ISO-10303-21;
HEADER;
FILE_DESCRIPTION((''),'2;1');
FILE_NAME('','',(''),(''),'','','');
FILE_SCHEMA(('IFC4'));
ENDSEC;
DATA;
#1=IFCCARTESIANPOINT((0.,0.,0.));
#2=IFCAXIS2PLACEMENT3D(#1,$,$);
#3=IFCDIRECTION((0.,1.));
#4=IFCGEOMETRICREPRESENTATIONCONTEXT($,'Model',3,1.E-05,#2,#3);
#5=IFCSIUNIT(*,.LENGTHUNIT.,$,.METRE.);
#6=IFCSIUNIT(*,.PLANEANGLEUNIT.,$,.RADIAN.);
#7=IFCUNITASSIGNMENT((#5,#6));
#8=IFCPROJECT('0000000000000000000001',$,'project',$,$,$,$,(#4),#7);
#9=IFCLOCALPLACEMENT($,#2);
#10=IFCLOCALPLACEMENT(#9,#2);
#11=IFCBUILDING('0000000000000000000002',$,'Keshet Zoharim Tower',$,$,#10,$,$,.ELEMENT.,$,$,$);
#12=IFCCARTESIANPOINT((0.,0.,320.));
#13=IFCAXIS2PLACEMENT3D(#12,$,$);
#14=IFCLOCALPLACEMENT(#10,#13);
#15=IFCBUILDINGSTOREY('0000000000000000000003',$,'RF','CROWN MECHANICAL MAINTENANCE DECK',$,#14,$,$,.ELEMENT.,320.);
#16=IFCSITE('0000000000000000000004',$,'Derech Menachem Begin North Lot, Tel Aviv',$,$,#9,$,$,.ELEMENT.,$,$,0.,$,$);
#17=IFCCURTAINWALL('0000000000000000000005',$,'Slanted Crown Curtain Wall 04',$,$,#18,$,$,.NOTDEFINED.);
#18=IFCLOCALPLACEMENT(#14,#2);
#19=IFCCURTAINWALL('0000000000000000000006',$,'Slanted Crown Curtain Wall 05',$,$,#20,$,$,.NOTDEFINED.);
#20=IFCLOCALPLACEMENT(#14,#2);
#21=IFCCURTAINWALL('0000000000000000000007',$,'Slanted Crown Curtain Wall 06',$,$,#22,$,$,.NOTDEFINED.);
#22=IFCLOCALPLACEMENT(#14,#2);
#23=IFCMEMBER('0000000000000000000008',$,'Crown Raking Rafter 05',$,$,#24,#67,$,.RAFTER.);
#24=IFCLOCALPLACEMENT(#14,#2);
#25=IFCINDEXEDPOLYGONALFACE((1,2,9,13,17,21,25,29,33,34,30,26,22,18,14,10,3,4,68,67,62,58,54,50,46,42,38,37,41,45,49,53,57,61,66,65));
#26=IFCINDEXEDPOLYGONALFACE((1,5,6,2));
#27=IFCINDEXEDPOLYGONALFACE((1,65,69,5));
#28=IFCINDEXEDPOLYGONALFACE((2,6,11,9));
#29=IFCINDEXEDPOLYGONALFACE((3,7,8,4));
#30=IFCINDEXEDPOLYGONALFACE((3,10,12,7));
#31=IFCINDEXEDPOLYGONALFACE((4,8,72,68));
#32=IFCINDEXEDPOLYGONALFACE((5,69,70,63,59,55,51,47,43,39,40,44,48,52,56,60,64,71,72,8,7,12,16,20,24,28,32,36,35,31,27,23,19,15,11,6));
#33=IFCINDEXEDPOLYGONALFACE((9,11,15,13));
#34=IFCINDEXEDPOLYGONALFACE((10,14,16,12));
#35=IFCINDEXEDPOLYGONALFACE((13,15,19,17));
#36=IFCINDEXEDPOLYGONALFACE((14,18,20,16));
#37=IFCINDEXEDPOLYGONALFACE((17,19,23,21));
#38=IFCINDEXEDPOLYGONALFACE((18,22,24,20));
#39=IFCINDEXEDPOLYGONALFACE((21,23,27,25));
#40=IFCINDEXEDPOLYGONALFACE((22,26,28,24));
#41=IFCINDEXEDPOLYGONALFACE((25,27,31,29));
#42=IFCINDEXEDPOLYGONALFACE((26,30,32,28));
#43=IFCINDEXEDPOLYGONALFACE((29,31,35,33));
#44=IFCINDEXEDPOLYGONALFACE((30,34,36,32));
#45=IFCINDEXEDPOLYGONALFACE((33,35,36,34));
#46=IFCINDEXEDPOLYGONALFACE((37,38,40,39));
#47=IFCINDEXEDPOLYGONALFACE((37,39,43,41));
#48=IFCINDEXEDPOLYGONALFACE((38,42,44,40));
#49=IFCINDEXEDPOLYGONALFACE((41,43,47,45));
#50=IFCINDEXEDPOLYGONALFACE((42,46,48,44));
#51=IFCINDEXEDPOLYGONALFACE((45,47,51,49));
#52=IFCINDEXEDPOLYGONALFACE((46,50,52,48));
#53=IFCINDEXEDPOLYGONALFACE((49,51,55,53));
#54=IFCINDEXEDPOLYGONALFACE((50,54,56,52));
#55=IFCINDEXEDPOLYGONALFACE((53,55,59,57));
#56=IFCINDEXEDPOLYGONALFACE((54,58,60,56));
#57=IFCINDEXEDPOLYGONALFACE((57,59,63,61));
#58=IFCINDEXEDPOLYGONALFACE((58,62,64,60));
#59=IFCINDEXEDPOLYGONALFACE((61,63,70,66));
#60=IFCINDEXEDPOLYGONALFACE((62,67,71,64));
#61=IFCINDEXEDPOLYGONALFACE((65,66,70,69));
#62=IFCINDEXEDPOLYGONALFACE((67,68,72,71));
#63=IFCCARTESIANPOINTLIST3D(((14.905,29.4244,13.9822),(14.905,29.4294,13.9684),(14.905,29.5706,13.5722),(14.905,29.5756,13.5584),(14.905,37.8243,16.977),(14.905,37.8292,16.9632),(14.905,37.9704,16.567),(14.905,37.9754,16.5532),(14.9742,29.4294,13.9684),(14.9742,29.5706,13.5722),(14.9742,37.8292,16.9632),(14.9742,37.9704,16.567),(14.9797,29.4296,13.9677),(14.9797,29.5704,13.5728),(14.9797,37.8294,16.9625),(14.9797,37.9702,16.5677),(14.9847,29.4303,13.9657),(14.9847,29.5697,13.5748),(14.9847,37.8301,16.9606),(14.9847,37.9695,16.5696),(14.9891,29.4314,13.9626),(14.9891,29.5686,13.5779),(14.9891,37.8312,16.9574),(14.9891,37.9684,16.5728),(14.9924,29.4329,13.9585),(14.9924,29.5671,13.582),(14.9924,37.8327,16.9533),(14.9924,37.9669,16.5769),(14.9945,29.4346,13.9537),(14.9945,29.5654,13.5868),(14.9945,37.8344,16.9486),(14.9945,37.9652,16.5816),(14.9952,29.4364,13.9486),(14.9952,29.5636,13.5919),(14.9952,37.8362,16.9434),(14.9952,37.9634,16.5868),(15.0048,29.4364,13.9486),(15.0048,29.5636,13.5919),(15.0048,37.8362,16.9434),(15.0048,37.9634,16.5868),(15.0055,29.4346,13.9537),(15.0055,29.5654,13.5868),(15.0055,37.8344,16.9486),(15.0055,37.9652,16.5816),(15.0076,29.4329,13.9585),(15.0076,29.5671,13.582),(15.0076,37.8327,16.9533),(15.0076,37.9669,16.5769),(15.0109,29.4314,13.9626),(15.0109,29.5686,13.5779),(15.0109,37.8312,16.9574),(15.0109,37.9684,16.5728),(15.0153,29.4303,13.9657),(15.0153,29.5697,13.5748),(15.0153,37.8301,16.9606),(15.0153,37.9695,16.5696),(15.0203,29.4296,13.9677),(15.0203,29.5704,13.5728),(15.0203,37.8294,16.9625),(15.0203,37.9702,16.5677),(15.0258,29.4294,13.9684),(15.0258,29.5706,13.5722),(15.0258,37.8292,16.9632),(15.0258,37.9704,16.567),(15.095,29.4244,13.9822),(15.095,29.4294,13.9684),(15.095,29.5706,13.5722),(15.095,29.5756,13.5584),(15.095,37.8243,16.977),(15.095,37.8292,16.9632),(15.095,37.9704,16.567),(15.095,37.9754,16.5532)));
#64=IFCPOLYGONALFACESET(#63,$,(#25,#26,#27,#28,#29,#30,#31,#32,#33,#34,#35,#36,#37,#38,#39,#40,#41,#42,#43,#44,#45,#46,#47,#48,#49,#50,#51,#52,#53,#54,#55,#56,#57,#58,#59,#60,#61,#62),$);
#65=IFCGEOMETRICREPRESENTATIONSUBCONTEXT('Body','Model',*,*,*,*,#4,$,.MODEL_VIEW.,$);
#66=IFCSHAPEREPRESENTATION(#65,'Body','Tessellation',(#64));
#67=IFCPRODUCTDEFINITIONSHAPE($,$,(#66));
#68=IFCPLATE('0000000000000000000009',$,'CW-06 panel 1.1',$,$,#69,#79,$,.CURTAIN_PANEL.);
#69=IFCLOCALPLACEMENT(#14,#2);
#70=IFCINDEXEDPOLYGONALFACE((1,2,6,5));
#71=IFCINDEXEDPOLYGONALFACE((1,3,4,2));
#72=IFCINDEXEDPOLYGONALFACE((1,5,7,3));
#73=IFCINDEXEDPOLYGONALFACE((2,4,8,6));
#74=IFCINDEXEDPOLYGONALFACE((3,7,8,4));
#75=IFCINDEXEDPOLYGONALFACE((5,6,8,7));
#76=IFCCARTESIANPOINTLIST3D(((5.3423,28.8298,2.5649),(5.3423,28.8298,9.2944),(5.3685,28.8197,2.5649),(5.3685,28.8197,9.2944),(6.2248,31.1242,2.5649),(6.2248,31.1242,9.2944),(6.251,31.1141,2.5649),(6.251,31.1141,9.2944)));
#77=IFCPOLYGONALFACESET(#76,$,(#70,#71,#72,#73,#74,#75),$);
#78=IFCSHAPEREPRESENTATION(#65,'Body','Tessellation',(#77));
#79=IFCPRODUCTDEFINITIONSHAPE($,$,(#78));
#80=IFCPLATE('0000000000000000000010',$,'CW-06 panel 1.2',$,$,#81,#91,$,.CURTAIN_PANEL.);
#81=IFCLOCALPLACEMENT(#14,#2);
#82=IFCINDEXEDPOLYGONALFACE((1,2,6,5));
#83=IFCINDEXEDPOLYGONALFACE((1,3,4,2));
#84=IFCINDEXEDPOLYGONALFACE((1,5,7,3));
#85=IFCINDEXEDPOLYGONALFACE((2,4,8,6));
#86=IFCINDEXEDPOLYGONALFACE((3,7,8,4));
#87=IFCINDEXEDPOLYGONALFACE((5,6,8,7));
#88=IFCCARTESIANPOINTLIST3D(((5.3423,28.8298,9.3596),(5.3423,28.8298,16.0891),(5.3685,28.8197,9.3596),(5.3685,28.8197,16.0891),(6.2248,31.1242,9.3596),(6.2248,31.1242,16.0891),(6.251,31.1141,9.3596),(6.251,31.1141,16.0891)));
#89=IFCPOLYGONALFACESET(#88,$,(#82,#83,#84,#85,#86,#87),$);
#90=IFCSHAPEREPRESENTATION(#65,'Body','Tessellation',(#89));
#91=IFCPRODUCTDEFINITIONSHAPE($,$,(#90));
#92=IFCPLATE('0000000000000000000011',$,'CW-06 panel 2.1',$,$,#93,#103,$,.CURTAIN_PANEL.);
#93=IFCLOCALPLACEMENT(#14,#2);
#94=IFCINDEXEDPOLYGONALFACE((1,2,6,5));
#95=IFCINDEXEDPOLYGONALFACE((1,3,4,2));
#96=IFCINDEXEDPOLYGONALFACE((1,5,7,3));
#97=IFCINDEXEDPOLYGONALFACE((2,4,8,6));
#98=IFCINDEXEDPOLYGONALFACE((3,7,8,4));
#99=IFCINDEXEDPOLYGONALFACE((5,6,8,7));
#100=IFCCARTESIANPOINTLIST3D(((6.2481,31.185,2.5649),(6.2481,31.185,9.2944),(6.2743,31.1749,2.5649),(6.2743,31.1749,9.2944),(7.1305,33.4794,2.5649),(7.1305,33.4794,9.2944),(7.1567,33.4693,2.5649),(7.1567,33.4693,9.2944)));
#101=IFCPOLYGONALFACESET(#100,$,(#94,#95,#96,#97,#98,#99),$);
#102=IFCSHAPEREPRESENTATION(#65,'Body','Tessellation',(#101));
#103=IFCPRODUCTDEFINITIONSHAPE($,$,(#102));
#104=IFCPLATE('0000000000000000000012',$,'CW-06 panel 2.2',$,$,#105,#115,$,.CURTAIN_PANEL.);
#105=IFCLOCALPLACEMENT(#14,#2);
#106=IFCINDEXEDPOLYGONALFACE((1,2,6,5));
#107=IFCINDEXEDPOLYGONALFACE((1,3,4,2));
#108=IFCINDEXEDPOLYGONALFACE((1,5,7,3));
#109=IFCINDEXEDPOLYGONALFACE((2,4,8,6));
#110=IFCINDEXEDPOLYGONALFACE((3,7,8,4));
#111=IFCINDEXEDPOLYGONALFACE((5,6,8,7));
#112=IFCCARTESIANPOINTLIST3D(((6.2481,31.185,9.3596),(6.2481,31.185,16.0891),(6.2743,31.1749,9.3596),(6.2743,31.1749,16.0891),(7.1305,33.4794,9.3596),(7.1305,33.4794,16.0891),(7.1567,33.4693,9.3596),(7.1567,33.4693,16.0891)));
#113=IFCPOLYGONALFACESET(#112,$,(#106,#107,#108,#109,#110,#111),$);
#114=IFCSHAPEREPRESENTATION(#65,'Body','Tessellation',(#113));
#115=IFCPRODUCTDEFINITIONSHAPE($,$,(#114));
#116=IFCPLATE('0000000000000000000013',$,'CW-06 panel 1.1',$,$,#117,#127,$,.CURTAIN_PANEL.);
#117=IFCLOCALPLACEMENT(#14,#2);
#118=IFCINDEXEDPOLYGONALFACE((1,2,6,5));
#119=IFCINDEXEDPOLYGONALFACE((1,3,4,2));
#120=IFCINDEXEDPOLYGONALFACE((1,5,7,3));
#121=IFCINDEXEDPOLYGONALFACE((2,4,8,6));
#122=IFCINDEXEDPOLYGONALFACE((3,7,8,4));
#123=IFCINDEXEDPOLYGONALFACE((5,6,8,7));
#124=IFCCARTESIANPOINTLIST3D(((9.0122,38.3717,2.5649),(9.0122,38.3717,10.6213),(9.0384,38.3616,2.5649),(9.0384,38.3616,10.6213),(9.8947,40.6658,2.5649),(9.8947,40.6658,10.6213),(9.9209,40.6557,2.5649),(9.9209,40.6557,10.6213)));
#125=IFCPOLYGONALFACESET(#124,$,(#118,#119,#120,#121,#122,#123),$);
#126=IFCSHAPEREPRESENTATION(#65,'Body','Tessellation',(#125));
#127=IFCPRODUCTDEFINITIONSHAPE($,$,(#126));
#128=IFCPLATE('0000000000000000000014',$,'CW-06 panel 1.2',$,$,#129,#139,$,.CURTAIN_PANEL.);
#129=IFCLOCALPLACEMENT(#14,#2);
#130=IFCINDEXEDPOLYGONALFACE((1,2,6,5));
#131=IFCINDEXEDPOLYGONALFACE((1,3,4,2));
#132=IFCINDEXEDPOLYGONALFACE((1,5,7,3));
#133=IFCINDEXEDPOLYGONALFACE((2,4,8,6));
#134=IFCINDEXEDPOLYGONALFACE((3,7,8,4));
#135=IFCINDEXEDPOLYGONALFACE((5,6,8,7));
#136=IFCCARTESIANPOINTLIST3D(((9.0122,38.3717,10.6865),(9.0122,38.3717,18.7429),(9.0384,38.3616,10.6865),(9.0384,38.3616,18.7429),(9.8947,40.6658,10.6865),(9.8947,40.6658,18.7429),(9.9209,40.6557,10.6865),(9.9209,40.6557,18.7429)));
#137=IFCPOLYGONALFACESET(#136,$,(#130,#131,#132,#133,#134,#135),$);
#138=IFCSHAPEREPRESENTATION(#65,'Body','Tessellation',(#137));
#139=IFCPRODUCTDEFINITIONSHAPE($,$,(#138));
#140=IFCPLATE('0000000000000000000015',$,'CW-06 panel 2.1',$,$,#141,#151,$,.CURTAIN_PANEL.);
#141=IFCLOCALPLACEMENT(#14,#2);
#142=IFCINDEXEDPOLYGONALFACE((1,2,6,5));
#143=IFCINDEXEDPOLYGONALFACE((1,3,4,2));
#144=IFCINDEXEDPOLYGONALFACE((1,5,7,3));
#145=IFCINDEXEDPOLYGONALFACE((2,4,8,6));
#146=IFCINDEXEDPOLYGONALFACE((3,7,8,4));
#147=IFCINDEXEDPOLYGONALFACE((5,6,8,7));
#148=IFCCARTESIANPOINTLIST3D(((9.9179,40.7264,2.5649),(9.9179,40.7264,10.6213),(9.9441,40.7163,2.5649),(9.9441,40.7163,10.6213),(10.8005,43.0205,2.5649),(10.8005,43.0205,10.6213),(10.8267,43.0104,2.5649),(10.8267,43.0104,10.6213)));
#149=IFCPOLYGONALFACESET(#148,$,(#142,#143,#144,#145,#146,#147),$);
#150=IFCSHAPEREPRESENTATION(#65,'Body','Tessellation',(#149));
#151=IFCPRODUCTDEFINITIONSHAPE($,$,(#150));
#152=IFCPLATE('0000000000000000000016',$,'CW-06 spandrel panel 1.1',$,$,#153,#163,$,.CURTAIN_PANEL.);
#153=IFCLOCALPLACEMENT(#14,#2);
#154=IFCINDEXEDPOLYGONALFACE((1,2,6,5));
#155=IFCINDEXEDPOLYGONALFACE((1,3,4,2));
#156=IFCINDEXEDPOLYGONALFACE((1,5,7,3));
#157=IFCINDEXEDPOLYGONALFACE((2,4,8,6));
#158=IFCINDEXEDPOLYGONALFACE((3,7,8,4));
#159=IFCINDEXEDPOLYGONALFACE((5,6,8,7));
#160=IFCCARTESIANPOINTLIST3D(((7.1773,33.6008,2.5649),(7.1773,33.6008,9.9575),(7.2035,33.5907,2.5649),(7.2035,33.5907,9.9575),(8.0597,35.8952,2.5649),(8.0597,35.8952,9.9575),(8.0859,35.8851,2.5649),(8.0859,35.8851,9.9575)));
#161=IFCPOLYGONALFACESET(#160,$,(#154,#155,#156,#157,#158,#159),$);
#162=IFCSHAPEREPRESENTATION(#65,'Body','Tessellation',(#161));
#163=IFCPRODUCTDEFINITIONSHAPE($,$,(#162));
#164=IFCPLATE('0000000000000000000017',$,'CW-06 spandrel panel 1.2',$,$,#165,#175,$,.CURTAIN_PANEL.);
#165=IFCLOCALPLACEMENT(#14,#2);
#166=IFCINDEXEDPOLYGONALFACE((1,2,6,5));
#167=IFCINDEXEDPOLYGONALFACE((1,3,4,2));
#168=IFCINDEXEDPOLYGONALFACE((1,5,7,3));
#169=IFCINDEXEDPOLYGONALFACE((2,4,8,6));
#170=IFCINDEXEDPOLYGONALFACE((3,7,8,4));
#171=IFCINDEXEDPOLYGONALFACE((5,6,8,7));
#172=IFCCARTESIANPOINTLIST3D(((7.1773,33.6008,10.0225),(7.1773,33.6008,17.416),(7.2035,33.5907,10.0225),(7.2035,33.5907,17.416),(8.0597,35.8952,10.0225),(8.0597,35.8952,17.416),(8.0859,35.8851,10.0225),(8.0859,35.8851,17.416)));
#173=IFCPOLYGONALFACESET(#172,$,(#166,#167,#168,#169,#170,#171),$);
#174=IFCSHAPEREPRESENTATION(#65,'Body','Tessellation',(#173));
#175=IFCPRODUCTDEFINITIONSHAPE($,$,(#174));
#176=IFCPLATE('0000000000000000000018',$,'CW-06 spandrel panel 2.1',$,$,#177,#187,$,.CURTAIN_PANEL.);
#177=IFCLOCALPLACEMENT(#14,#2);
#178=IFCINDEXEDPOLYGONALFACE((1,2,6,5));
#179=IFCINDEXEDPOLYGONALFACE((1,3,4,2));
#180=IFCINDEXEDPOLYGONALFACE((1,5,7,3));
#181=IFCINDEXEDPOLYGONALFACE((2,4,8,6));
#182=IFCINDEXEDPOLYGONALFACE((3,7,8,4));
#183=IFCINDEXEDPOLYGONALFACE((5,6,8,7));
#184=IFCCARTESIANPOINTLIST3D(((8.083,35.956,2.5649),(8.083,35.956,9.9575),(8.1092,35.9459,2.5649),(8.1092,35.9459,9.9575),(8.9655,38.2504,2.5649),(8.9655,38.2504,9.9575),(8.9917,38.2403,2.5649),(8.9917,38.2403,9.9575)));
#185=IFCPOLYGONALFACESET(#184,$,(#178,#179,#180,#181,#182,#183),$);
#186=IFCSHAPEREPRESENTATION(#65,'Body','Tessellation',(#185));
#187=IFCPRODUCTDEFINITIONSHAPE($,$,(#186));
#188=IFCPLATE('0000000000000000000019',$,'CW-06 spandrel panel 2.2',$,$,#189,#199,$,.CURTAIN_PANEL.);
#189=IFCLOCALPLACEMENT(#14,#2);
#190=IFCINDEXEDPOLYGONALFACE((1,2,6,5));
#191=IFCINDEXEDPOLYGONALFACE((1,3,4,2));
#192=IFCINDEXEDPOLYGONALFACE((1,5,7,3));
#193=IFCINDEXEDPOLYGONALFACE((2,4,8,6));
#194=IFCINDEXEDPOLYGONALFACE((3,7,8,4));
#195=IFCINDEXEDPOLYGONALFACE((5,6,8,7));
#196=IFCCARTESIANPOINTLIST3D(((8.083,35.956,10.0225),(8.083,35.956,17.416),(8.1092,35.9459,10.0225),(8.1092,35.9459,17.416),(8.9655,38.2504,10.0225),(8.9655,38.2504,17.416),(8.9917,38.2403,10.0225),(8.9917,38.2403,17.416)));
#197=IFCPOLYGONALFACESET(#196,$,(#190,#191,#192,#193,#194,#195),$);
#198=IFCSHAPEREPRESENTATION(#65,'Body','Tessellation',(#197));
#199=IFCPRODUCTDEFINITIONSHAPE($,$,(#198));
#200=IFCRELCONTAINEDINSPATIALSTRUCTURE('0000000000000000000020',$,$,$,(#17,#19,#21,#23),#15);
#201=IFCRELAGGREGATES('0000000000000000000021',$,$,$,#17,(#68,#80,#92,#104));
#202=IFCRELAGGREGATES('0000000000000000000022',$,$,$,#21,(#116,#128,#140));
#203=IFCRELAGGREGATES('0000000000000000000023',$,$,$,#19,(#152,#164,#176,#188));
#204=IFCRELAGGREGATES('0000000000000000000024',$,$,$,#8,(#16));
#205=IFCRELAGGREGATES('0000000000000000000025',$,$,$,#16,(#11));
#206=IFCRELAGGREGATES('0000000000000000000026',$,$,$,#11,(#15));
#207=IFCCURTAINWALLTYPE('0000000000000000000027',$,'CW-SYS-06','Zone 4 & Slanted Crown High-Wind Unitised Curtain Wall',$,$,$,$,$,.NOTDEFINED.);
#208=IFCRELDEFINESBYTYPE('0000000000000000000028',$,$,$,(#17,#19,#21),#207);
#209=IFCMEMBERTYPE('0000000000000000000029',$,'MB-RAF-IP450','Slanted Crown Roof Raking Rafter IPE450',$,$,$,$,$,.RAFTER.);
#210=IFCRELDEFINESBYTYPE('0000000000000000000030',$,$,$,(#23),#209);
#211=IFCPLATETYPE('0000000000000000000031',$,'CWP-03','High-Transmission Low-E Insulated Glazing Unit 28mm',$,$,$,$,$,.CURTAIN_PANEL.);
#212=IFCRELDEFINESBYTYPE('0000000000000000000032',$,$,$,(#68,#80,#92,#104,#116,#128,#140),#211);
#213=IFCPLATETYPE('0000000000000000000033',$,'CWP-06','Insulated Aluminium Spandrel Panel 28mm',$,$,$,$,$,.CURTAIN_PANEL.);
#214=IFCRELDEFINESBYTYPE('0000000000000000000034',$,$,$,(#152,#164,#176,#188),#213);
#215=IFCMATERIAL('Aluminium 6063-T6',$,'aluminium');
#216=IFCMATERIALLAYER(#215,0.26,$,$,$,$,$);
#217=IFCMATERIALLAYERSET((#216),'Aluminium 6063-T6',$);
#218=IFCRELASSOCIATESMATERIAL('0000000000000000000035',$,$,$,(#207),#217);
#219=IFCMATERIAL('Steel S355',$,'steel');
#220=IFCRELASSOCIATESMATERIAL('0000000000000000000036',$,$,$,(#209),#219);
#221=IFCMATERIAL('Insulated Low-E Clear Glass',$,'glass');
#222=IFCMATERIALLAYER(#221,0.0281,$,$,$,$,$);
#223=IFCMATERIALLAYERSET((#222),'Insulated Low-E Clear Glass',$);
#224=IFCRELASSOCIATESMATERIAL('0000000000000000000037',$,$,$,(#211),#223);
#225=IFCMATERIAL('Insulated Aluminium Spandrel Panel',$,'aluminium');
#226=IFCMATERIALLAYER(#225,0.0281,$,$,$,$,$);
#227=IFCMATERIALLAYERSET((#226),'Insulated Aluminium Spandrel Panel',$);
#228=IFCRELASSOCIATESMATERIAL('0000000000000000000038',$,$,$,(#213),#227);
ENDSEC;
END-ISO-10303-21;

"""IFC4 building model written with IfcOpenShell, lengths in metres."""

from ifc_helpers import new_model, si_unit, direction, frame, origin, origin_2d, place, context, subcontext, project, spatial, rectangle, i_section, extrude, material, layer, layer_set, material_profile, profile_set, type_object, element, aggregate, save


model = new_model("IFC4")

# Units and contexts
model_context = context("Model", 3, precision=1e-05, world=origin(), true_north=direction((0.0, 1.0)))
body_context = subcontext(model_context, "Body", "Model", "MODEL_VIEW")
ifc_project = project(units=[si_unit("LENGTHUNIT", "METRE"), si_unit("PLANEANGLEUNIT", "RADIAN")], contexts=[model_context])

# Site, building, storey
site_placement = place(None, origin())
site = spatial("IfcSite", under=ifc_project, at=site_placement, Name="Derech Menachem Begin North Lot, Tel Aviv", CompositionType="ELEMENT", RefElevation=0.0)
building_placement = place(site_placement, origin())
building = spatial("IfcBuilding", under=site, at=building_placement, Name="Keshet Zoharim Tower", CompositionType="ELEMENT")
storey_placement = place(building_placement, frame((0.0, 0.0, 320.0)))
storey = spatial("IfcBuildingStorey", under=building, at=storey_placement, Name="RF", Description="CROWN MECHANICAL MAINTENANCE DECK", CompositionType="ELEMENT", Elevation=320.0)

# Curtain walls
ifc_material_1 = material(Name="Aluminium 6063-T6", Category="aluminium")
ifc_layer_1 = layer(ifc_material_1, 0.26)
ifc_layer_set_1 = layer_set([ifc_layer_1], Name="Aluminium 6063-T6")
curtain_wall_type = type_object("IfcCurtainWallType", Name="CW-SYS-06", Description="Zone 4 & Slanted Crown High-Wind Unitised Curtain Wall", PredefinedType="NOTDEFINED", material=ifc_layer_set_1)
curtain_wall_1_placement = place(storey_placement, origin())
curtain_wall_1 = element("IfcCurtainWall", 1, at=curtain_wall_1_placement, inside=storey, type_object=curtain_wall_type, Name="Slanted Crown Curtain Wall 04", PredefinedType="NOTDEFINED")
curtain_wall_2_placement = place(storey_placement, origin())
curtain_wall_2 = element("IfcCurtainWall", 2, at=curtain_wall_2_placement, inside=storey, type_object=curtain_wall_type, Name="Slanted Crown Curtain Wall 05", PredefinedType="NOTDEFINED")
curtain_wall_3_placement = place(storey_placement, origin())
curtain_wall_3 = element("IfcCurtainWall", 3, at=curtain_wall_3_placement, inside=storey, type_object=curtain_wall_type, Name="Slanted Crown Curtain Wall 06", PredefinedType="NOTDEFINED")

# Member
ifc_material_2 = material(Name="Steel S355", Category="steel")
ifc_material_profile_1 = material_profile(ifc_material_2, i_section(OverallWidth=0.1899, OverallDepth=0.45, WebThickness=0.0095, FlangeThickness=0.0146, FilletRadius=0.021, at=origin_2d()), Name="IPE450")
ifc_profile_set_1 = profile_set([ifc_material_profile_1], Name="Steel S355")
member_type_1 = type_object("IfcMemberType", Name="MB-RAF-IP450", Description="Slanted Crown Roof Raking Rafter IPE450", PredefinedType="RAFTER", material=ifc_profile_set_1)
member_1_placement = place(storey_placement, frame((15.0, 29.5, 13.7703), z_axis=(0.0, 0.941923, 0.33583), x_axis=(-1.0, 0.0, 0.0)))
element("IfcMember", 4, at=member_1_placement, inside=storey, type_object=member_type_1, Name="Crown Raking Rafter 05", PredefinedType="RAFTER", context=body_context, shape_type="SweptSolid", body=[
    extrude(i_section(OverallWidth=0.1899, OverallDepth=0.45, WebThickness=0.0095, FlangeThickness=0.0146, FilletRadius=0.021, at=origin_2d()), origin(), (0.0, 0.0, 1.0), 8.9177),
])

# Plates
ifc_material_3 = material(Name="Insulated Low-E Clear Glass", Category="glass")
ifc_layer_2 = layer(ifc_material_3, 0.0281)
ifc_layer_set_2 = layer_set([ifc_layer_2], Name="Insulated Low-E Clear Glass")
plate_type_1 = type_object("IfcPlateType", Name="CWP-03", Description="High-Transmission Low-E Insulated Glazing Unit 28mm", PredefinedType="CURTAIN_PANEL", material=ifc_layer_set_2)
plate_1_placement = place(storey_placement, frame((5.7966, 29.9719, 2.5649), z_axis=(0.0, 0.0, 1.0), x_axis=(0.358979, 0.933346, 0.0)))
plate_1 = element("IfcPlate", 5, at=plate_1_placement, type_object=plate_type_1, Name="CW-06 panel 1.1", PredefinedType="CURTAIN_PANEL", context=body_context, shape_type="SweptSolid", body=[
    extrude(rectangle(XDim=2.4583, YDim=0.0281, at=origin_2d()), origin(), (0.0, 0.0, 1.0), 6.7295),
])
plate_2_placement = place(storey_placement, frame((5.7966, 29.9719, 9.3596), z_axis=(0.0, 0.0, 1.0), x_axis=(0.358979, 0.933346, 0.0)))
plate_2 = element("IfcPlate", 6, at=plate_2_placement, type_object=plate_type_1, Name="CW-06 panel 1.2", PredefinedType="CURTAIN_PANEL", context=body_context, shape_type="SweptSolid", body=[
    extrude(rectangle(XDim=2.4583, YDim=0.0281, at=origin_2d()), origin(), (0.0, 0.0, 1.0), 6.7295),
])
plate_3_placement = place(storey_placement, frame((6.7024, 32.3271, 2.5649), z_axis=(0.0, 0.0, 1.0), x_axis=(0.358979, 0.933346, 0.0)))
plate_3 = element("IfcPlate", 7, at=plate_3_placement, type_object=plate_type_1, Name="CW-06 panel 2.1", PredefinedType="CURTAIN_PANEL", context=body_context, shape_type="SweptSolid", body=[
    extrude(rectangle(XDim=2.4583, YDim=0.0281, at=origin_2d()), origin(), (0.0, 0.0, 1.0), 6.7295),
])
plate_4_placement = place(storey_placement, frame((6.7024, 32.3271, 9.3596), z_axis=(0.0, 0.0, 1.0), x_axis=(0.358979, 0.933346, 0.0)))
plate_4 = element("IfcPlate", 8, at=plate_4_placement, type_object=plate_type_1, Name="CW-06 panel 2.2", PredefinedType="CURTAIN_PANEL", context=body_context, shape_type="SweptSolid", body=[
    extrude(rectangle(XDim=2.4583, YDim=0.0281, at=origin_2d()), origin(), (0.0, 0.0, 1.0), 6.7295),
])
aggregate(curtain_wall_1, [plate_1, plate_2, plate_3, plate_4])
plate_5_placement = place(storey_placement, frame((9.4666, 39.5137, 2.5649), z_axis=(0.0, 0.0, 1.0), x_axis=(0.359045, 0.93332, 0.0)))
plate_5 = element("IfcPlate", 9, at=plate_5_placement, type_object=plate_type_1, Name="CW-06 panel 1.1", PredefinedType="CURTAIN_PANEL", context=body_context, shape_type="SweptSolid", body=[
    extrude(rectangle(XDim=2.458, YDim=0.0281, at=origin_2d()), origin(), (0.0, 0.0, 1.0), 8.0564),
])
plate_6_placement = place(storey_placement, frame((9.4666, 39.5137, 10.6865), z_axis=(0.0, 0.0, 1.0), x_axis=(0.359045, 0.93332, 0.0)))
plate_6 = element("IfcPlate", 10, at=plate_6_placement, type_object=plate_type_1, Name="CW-06 panel 1.2", PredefinedType="CURTAIN_PANEL", context=body_context, shape_type="SweptSolid", body=[
    extrude(rectangle(XDim=2.458, YDim=0.0281, at=origin_2d()), origin(), (0.0, 0.0, 1.0), 8.0564),
])
plate_7_placement = place(storey_placement, frame((10.3723, 41.8684, 2.5649), z_axis=(0.0, 0.0, 1.0), x_axis=(0.359045, 0.93332, 0.0)))
plate_7 = element("IfcPlate", 11, at=plate_7_placement, type_object=plate_type_1, Name="CW-06 panel 2.1", PredefinedType="CURTAIN_PANEL", context=body_context, shape_type="SweptSolid", body=[
    extrude(rectangle(XDim=2.458, YDim=0.0281, at=origin_2d()), origin(), (0.0, 0.0, 1.0), 8.0564),
])
aggregate(curtain_wall_3, [plate_5, plate_6, plate_7])
ifc_material_4 = material(Name="Insulated Aluminium Spandrel Panel", Category="aluminium")
ifc_layer_3 = layer(ifc_material_4, 0.0281)
ifc_layer_set_3 = layer_set([ifc_layer_3], Name="Insulated Aluminium Spandrel Panel")
plate_type_2 = type_object("IfcPlateType", Name="CWP-06", Description="Insulated Aluminium Spandrel Panel 28mm", PredefinedType="CURTAIN_PANEL", material=ifc_layer_set_3)
plate_8_placement = place(storey_placement, frame((7.6316, 34.7429, 2.5649), z_axis=(0.0, 0.0, 1.0), x_axis=(0.358979, 0.933346, 0.0)))
plate_8 = element("IfcPlate", 12, at=plate_8_placement, type_object=plate_type_2, Name="CW-06 spandrel panel 1.1", PredefinedType="CURTAIN_PANEL", context=body_context, shape_type="SweptSolid", body=[
    extrude(rectangle(XDim=2.4583, YDim=0.0281, at=origin_2d()), origin(), (0.0, 0.0, 1.0), 7.3926),
])
plate_9_placement = place(storey_placement, frame((7.6316, 34.7429, 10.0225), z_axis=(0.0, 0.0, 1.0), x_axis=(0.358979, 0.933346, 0.0)))
plate_9 = element("IfcPlate", 13, at=plate_9_placement, type_object=plate_type_2, Name="CW-06 spandrel panel 1.2", PredefinedType="CURTAIN_PANEL", context=body_context, shape_type="SweptSolid", body=[
    extrude(rectangle(XDim=2.4583, YDim=0.0281, at=origin_2d()), origin(), (0.0, 0.0, 1.0), 7.3936),
])
plate_10_placement = place(storey_placement, frame((8.5374, 37.0981, 2.5649), z_axis=(0.0, 0.0, 1.0), x_axis=(0.358979, 0.933346, 0.0)))
plate_10 = element("IfcPlate", 14, at=plate_10_placement, type_object=plate_type_2, Name="CW-06 spandrel panel 2.1", PredefinedType="CURTAIN_PANEL", context=body_context, shape_type="SweptSolid", body=[
    extrude(rectangle(XDim=2.4583, YDim=0.0281, at=origin_2d()), origin(), (0.0, 0.0, 1.0), 7.3926),
])
plate_11_placement = place(storey_placement, frame((8.5374, 37.0981, 10.0225), z_axis=(0.0, 0.0, 1.0), x_axis=(0.358979, 0.933346, 0.0)))
plate_11 = element("IfcPlate", 15, at=plate_11_placement, type_object=plate_type_2, Name="CW-06 spandrel panel 2.2", PredefinedType="CURTAIN_PANEL", context=body_context, shape_type="SweptSolid", body=[
    extrude(rectangle(XDim=2.4583, YDim=0.0281, at=origin_2d()), origin(), (0.0, 0.0, 1.0), 7.3936),
])
aggregate(curtain_wall_2, [plate_8, plate_9, plate_10, plate_11])

save(model, "model.ifc")
